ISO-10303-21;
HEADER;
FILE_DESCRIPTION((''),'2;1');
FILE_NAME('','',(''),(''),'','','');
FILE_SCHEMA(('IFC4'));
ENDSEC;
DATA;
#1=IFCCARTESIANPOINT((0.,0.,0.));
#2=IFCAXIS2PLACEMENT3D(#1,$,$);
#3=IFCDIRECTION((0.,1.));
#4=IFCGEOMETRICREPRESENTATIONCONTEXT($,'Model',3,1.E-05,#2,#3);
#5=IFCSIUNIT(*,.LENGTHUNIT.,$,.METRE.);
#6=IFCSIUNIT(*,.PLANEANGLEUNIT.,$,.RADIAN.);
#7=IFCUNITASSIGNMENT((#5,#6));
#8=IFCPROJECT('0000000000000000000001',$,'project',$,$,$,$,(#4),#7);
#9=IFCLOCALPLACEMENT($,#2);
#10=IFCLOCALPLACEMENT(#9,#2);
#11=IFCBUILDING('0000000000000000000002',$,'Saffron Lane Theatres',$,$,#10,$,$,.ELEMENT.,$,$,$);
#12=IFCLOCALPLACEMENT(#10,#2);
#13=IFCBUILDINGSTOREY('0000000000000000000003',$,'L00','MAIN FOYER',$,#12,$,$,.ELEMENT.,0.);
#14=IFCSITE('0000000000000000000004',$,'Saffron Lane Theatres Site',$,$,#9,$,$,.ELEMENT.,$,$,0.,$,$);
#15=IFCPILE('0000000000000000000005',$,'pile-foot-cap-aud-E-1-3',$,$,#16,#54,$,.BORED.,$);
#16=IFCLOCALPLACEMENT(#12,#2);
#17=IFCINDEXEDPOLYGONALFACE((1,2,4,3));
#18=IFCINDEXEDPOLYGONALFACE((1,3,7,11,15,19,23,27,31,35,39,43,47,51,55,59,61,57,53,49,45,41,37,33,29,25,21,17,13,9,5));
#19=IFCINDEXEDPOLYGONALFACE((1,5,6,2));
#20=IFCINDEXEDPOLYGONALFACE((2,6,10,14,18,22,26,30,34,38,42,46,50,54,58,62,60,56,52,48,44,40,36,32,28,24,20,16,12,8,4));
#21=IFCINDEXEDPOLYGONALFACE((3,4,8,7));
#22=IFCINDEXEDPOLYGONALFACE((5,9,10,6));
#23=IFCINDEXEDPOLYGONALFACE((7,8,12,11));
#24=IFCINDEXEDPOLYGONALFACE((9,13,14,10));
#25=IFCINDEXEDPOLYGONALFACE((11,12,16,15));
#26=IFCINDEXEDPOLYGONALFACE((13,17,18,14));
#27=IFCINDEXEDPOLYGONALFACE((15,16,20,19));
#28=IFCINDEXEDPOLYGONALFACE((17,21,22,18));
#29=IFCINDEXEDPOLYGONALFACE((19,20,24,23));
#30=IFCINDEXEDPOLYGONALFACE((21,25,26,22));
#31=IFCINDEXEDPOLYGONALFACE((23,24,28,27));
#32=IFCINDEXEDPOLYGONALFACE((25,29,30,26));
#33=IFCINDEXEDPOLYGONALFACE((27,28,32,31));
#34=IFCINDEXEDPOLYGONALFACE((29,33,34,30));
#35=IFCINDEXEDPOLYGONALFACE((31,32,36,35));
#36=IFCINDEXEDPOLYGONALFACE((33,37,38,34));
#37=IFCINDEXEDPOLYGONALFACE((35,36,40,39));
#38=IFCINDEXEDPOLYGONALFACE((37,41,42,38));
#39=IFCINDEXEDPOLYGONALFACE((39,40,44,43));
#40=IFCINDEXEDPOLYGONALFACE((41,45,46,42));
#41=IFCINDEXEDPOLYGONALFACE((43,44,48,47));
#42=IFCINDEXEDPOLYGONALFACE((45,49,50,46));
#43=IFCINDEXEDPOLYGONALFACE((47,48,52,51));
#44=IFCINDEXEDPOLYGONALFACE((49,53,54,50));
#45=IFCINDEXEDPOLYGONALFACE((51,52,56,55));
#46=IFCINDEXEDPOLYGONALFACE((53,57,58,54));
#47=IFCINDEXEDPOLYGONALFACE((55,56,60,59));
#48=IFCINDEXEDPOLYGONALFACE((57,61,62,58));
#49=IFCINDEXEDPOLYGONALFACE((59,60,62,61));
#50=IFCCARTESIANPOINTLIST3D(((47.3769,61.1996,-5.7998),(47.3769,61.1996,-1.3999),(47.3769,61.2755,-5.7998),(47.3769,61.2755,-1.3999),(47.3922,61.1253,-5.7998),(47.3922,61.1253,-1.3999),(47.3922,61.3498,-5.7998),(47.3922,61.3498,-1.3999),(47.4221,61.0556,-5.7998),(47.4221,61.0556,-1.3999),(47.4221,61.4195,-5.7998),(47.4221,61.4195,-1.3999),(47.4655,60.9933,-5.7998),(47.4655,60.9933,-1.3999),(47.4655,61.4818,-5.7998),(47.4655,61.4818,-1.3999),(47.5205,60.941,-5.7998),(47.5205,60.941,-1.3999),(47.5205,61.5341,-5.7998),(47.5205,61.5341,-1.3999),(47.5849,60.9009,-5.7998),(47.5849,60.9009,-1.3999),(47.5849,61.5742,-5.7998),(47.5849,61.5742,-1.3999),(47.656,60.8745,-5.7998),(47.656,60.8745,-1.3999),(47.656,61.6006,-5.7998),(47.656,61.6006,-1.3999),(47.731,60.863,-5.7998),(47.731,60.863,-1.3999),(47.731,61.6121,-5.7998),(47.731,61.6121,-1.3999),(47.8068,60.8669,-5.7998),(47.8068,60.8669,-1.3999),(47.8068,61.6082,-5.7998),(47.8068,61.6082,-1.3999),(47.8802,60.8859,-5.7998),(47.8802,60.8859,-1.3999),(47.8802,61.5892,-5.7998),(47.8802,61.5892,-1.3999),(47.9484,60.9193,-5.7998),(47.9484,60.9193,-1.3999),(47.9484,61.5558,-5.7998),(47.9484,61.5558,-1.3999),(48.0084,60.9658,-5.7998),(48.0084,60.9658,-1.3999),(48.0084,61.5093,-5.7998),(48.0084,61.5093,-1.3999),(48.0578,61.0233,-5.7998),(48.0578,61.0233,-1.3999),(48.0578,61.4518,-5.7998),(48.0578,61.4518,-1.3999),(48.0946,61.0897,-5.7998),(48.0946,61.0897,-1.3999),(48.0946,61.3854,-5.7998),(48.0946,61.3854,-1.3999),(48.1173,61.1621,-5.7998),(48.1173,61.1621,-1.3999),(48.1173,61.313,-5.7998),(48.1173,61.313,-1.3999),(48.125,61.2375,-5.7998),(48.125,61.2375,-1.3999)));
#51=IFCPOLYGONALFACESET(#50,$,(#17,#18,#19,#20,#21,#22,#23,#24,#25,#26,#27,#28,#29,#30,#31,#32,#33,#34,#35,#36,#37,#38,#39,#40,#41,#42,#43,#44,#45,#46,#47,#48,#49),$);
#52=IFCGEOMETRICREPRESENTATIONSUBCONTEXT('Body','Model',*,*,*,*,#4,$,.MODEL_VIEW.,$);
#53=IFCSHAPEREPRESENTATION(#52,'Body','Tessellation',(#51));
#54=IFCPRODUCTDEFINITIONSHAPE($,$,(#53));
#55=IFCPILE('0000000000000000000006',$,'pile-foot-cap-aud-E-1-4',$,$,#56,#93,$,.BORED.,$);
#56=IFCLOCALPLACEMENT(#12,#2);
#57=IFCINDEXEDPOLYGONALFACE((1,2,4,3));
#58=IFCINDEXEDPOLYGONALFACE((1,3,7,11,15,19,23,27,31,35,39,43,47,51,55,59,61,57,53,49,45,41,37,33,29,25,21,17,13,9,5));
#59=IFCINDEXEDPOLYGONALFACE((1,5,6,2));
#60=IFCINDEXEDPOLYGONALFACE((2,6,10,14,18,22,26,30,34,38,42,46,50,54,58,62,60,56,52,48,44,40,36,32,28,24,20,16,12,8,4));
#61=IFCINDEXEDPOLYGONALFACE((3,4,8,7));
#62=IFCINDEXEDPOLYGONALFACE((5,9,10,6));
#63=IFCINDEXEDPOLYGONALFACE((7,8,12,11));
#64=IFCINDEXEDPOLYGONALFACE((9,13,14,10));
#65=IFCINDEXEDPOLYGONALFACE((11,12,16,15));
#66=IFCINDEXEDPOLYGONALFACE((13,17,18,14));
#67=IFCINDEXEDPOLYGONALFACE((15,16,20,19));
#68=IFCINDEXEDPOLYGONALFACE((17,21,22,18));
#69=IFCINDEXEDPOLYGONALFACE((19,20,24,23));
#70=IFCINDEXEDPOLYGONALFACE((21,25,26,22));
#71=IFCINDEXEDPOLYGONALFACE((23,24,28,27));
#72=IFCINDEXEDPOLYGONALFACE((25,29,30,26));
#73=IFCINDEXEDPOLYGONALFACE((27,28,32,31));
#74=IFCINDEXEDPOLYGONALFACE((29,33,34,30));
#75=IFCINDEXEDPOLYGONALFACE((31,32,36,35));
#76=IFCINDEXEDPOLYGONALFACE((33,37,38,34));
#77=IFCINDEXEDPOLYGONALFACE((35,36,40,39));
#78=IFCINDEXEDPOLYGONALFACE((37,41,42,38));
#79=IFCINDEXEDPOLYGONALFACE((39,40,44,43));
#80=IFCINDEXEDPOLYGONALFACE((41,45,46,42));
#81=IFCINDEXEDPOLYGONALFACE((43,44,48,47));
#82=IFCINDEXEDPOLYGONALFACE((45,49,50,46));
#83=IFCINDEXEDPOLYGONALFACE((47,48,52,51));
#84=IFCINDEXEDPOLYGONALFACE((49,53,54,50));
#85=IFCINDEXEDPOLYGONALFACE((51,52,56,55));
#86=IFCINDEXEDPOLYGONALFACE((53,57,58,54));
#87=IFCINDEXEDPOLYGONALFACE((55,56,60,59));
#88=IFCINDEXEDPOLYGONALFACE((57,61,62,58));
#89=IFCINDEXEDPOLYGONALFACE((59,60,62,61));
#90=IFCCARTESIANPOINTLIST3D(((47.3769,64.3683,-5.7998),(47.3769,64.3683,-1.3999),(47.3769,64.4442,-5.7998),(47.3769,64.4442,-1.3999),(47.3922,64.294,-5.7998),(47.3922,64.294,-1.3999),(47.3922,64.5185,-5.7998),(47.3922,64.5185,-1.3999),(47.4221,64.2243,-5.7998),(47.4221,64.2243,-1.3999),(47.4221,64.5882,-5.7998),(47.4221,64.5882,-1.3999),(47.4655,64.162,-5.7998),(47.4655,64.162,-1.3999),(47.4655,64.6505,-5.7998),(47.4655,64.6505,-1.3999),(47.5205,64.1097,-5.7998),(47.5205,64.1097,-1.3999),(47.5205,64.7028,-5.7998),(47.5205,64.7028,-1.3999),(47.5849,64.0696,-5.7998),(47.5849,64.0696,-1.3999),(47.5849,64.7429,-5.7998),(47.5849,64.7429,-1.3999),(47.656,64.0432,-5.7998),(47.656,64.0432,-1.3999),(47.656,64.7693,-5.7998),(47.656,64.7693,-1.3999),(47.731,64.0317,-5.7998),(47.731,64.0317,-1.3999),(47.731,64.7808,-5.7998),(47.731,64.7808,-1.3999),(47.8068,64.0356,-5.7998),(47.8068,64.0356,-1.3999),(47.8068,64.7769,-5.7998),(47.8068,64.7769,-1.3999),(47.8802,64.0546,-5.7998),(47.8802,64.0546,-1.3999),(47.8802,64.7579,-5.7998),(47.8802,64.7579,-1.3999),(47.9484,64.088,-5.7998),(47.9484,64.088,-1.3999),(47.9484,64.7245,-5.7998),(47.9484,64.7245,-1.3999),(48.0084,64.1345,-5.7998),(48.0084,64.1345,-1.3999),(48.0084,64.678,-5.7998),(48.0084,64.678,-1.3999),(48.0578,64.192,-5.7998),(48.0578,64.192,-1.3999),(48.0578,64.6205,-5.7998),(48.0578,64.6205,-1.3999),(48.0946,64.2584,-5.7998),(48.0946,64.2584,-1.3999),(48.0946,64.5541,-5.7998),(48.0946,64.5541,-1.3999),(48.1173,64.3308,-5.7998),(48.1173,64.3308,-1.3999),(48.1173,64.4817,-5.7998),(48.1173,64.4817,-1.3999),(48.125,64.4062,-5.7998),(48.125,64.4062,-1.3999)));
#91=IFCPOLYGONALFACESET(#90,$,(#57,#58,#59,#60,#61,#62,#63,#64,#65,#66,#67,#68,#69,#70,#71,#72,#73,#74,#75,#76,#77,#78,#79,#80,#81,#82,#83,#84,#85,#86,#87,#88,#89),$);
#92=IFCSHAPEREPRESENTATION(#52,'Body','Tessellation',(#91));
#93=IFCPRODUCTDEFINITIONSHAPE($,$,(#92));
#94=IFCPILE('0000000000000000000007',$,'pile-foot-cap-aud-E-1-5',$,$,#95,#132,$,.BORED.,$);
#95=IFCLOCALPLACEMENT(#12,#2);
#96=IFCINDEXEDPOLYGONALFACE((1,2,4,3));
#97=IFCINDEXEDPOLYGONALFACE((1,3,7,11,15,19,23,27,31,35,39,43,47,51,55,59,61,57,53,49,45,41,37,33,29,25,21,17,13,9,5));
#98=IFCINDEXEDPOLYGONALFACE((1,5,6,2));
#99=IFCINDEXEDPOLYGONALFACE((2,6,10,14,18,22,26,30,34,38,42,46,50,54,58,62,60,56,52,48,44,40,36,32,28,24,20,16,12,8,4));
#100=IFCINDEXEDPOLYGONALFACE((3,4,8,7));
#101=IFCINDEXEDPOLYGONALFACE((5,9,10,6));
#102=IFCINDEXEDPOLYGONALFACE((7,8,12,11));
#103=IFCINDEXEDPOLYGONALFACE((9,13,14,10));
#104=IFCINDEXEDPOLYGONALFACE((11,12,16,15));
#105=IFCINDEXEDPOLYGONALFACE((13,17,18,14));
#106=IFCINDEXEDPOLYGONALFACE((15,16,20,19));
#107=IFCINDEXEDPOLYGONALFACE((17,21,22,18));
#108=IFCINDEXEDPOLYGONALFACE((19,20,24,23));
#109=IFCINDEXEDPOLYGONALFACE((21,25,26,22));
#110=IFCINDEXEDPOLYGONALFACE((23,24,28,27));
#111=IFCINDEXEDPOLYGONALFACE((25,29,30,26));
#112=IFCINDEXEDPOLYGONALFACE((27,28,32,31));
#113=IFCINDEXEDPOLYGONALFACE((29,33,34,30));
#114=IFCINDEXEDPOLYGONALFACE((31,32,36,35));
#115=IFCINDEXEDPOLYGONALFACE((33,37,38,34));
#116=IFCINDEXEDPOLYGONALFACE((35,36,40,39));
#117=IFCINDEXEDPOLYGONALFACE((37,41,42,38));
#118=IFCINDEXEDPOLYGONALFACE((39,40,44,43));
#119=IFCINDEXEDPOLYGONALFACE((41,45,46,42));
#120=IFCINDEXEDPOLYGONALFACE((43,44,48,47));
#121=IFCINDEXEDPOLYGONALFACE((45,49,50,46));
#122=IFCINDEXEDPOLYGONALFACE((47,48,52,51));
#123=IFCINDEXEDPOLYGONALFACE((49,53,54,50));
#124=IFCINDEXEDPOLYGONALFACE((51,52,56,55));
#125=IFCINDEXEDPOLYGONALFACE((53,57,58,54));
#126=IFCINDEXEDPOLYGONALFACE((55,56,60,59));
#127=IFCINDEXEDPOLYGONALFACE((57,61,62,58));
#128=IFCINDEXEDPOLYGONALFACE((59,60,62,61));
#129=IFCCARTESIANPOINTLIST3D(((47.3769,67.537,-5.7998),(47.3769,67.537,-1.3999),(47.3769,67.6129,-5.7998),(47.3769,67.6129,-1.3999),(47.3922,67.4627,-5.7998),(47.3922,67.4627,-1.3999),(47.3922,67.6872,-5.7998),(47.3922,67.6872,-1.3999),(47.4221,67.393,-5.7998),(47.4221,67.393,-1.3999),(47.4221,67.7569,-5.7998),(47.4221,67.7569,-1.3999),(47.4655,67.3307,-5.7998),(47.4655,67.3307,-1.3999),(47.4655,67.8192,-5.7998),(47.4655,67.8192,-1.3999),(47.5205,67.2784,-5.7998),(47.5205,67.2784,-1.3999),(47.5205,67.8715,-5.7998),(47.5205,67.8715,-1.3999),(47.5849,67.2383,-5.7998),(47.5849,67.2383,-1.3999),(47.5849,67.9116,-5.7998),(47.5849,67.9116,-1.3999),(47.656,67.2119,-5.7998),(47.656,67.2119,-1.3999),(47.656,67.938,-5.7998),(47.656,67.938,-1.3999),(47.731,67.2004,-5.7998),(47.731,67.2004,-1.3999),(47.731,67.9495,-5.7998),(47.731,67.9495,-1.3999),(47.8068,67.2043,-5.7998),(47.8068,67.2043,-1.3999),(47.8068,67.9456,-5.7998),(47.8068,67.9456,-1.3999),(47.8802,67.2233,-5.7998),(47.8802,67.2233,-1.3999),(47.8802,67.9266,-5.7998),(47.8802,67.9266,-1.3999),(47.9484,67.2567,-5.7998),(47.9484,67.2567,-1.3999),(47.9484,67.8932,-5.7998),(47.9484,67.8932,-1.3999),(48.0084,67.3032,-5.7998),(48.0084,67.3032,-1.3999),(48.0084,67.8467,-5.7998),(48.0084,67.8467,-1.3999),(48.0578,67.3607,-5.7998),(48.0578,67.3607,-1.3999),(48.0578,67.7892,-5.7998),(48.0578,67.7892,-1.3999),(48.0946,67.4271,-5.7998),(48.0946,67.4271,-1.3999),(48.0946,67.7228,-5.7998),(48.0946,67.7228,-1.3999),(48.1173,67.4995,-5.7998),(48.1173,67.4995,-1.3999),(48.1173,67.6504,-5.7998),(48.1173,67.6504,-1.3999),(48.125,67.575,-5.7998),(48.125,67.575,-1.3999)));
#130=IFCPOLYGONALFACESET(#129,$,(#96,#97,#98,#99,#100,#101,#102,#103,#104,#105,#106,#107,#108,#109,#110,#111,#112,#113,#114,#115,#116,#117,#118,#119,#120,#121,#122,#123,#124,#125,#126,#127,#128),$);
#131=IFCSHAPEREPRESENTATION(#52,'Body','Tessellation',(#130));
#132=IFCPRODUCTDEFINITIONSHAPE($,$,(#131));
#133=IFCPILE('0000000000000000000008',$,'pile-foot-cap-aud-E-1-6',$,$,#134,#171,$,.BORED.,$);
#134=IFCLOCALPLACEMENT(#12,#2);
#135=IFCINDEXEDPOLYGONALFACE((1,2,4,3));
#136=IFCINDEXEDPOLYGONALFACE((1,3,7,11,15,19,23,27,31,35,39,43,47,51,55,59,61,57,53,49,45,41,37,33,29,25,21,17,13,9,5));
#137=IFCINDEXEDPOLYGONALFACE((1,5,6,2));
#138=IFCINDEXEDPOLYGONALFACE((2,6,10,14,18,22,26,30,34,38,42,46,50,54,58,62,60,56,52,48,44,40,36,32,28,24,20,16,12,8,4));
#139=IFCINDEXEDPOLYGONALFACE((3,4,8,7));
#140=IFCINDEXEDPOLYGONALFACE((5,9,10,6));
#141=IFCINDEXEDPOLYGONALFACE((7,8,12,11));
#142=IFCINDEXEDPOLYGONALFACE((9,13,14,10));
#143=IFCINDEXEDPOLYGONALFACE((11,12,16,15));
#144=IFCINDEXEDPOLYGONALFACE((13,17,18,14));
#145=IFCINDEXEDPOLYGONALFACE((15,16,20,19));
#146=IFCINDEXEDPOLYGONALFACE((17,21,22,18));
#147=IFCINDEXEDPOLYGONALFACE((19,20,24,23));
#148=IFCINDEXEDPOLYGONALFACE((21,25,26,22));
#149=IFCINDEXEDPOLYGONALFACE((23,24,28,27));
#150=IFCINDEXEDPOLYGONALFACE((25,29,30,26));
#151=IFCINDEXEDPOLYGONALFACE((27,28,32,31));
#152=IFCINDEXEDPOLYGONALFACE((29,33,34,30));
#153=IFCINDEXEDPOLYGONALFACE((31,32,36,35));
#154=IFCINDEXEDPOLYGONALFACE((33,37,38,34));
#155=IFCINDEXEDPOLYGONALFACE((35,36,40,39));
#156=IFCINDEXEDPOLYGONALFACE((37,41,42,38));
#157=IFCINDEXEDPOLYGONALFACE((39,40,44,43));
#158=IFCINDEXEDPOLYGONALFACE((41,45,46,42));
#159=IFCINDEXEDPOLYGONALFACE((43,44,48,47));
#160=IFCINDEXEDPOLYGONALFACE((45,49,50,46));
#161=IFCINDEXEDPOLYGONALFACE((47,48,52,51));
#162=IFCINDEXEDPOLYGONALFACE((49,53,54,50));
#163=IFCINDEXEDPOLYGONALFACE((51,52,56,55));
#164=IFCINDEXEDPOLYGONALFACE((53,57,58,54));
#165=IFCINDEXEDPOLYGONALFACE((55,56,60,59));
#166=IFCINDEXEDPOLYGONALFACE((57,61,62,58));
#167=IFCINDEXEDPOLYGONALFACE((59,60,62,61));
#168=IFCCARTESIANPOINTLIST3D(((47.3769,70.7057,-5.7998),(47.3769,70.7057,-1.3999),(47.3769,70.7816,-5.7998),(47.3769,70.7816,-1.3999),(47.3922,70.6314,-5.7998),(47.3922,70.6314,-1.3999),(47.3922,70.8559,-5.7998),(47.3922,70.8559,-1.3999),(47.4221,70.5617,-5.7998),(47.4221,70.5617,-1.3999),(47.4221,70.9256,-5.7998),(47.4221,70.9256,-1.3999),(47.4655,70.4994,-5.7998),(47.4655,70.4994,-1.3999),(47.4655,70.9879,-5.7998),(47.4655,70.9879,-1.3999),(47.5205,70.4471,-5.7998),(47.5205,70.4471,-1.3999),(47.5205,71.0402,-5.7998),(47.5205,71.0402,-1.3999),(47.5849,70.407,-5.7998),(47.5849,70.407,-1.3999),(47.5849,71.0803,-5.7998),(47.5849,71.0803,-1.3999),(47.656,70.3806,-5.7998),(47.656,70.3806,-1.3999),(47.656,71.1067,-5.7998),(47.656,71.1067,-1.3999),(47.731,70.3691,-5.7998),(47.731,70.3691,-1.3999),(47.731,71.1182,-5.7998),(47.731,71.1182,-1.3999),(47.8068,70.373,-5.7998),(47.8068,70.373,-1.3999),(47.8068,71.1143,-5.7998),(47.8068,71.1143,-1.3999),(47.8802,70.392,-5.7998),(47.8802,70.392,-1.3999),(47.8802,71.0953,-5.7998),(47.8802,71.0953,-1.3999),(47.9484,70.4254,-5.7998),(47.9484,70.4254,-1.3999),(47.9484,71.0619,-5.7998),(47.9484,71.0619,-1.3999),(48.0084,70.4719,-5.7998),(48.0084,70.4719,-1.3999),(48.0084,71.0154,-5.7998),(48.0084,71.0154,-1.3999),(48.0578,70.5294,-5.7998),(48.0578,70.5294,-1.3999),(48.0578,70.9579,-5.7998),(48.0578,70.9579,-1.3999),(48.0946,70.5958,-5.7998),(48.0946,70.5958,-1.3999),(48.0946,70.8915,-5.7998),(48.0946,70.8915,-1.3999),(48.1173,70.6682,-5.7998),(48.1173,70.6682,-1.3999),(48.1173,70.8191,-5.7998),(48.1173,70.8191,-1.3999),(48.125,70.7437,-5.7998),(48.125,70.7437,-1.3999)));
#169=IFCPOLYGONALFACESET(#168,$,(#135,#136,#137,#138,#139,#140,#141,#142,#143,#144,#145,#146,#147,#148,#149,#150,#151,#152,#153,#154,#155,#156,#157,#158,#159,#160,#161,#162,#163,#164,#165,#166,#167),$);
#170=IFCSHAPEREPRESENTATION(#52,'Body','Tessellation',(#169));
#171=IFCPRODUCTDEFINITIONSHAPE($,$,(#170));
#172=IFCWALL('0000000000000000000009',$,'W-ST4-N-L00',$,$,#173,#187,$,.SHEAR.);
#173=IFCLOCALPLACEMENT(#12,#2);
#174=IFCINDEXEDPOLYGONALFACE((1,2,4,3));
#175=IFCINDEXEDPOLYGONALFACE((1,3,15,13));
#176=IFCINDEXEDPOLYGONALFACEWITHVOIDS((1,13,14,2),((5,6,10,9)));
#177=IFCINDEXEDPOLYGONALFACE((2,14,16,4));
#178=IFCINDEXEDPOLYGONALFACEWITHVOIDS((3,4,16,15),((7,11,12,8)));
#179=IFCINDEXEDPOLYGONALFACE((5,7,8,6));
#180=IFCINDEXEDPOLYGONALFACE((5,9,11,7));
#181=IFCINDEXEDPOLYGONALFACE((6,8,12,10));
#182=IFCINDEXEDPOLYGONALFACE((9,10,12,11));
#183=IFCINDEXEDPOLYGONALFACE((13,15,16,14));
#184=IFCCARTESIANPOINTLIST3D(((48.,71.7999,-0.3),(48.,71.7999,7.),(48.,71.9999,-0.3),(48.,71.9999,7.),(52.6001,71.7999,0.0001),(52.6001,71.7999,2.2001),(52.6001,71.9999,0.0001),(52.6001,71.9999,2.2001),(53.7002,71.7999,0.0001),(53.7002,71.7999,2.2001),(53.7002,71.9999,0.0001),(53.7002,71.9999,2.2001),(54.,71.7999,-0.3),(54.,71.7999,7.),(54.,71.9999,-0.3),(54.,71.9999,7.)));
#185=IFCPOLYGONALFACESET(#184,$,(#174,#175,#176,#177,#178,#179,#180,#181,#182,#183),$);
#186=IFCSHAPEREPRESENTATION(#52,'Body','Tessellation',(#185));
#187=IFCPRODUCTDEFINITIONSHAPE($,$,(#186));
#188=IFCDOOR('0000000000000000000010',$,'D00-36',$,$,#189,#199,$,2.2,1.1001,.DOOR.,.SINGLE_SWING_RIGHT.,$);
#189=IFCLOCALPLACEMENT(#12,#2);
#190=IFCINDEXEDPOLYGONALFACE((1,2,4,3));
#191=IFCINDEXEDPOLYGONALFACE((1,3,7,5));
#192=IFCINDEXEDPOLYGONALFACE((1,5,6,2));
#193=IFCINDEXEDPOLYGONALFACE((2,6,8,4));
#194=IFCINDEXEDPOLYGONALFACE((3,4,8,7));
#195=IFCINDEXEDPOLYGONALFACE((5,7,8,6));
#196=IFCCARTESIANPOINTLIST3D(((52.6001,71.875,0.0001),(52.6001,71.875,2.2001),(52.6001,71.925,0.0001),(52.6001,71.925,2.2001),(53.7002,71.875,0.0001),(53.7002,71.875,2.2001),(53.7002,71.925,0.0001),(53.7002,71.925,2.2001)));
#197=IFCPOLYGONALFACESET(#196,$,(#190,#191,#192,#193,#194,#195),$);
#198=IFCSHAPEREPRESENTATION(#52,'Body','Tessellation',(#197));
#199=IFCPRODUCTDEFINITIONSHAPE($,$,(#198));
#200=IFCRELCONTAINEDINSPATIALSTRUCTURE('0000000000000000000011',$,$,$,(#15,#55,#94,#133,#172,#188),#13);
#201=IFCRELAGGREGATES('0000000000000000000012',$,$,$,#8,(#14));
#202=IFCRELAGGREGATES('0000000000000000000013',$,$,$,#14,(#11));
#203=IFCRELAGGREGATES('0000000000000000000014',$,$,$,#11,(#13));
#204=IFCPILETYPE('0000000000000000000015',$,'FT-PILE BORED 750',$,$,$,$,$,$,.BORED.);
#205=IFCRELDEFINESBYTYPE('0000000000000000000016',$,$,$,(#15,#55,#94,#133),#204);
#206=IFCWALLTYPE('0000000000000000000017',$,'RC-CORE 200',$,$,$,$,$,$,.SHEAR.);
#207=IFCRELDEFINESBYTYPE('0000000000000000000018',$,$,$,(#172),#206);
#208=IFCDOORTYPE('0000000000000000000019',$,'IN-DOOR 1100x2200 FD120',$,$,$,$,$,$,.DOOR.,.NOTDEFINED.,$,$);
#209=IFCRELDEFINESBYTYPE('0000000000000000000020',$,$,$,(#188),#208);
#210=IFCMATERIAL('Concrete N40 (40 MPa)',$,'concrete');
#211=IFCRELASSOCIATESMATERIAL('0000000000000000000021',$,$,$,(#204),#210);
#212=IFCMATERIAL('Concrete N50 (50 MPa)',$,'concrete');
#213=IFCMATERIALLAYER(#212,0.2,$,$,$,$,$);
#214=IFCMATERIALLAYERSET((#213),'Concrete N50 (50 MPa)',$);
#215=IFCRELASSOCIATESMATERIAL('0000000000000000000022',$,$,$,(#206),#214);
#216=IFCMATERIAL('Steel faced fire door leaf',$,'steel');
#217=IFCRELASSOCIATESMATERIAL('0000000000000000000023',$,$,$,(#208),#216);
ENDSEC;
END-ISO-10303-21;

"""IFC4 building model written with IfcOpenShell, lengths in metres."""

from ifc_helpers import new_model, si_unit, direction, frame, frame_2d, origin, origin_2d, place, context, subcontext, project, spatial, rectangle, circle, extrude, material, layer, layer_set, material_profile, profile_set, type_object, element, fill, save


model = new_model("IFC4")

# Units and contexts
model_context = context("Model", 3, precision=1e-05, world=origin(), true_north=direction((0.0, 1.0)))
body_context = subcontext(model_context, "Body", "Model", "MODEL_VIEW")
ifc_project = project(units=[si_unit("LENGTHUNIT", "METRE"), si_unit("PLANEANGLEUNIT", "RADIAN")], contexts=[model_context])

# Site, building, storey
site_placement = place(None, origin())
site = spatial("IfcSite", under=ifc_project, at=site_placement, Name="Saffron Lane Theatres Site", CompositionType="ELEMENT", RefElevation=0.0)
building_placement = place(site_placement, origin())
building = spatial("IfcBuilding", under=site, at=building_placement, Name="Saffron Lane Theatres", CompositionType="ELEMENT")
storey_placement = place(building_placement, origin())
storey = spatial("IfcBuildingStorey", under=building, at=storey_placement, Name="L00", Description="MAIN FOYER", CompositionType="ELEMENT", Elevation=0.0)

# Piles
ifc_material_1 = material(Name="Concrete N40 (40 MPa)", Category="concrete")
ifc_material_profile = material_profile(ifc_material_1, circle(Radius=0.375, at=origin_2d()))
ifc_profile_set = profile_set([ifc_material_profile], Name="Concrete N40 (40 MPa)")
pile_type = type_object("IfcPileType", Name="FT-PILE BORED 750", PredefinedType="BORED", material=ifc_profile_set)
for number, where, z_axis, x_axis, name in (
    (1, (47.75, 61.2375, -1.3999), (0.0, 0.0, -1.0), (1.0, 0.0, 0.0), "pile-foot-cap-aud-E-1-3"),
    (2, (47.75, 64.4062, -1.3999), (0.0, 0.0, -1.0), (1.0, 0.0, 0.0), "pile-foot-cap-aud-E-1-4"),
    (3, (47.75, 67.575, -1.3999), (0.0, 0.0, -1.0), (1.0, 0.0, 0.0), "pile-foot-cap-aud-E-1-5"),
    (4, (47.75, 70.7437, -1.3999), (0.0, 0.0, -1.0), (1.0, 0.0, 0.0), "pile-foot-cap-aud-E-1-6"),
):
    element("IfcPile", number, at=place(storey_placement, frame(where, z_axis=z_axis, x_axis=x_axis)), inside=storey, type_object=pile_type, Name=name, PredefinedType="BORED", context=body_context, shape_type="SweptSolid", body=[
        extrude(circle(Radius=0.375, at=origin_2d()), origin(), (0.0, 0.0, 1.0), 4.3999),
    ])

# Wall, opening, door
ifc_material_2 = material(Name="Concrete N50 (50 MPa)", Category="concrete")
ifc_layer = layer(ifc_material_2, 0.2)
ifc_layer_set = layer_set([ifc_layer], Name="Concrete N50 (50 MPa)")
wall_type = type_object("IfcWallType", Name="RC-CORE 200", PredefinedType="SHEAR", material=ifc_layer_set)
wall_1_placement = place(storey_placement, frame((48.0, 71.8999, -0.3), z_axis=(0.0, 0.0, 1.0), x_axis=(1.0, 0.0, 0.0)))
wall_1 = element("IfcWall", 5, at=wall_1_placement, inside=storey, type_object=wall_type, Name="W-ST4-N-L00", PredefinedType="SHEAR", context=body_context, shape_type="SweptSolid", body=[
    extrude(rectangle(XDim=6.0, YDim=0.2, at=frame_2d((3.0, 0.0))), origin(), (0.0, 0.0, 1.0), 7.3),
])
opening_placement = place(wall_1_placement, frame((4.6001, 0.0, 0.3)))
opening = element("IfcOpeningElement", 6, at=opening_placement, cuts=wall_1, PredefinedType="OPENING", context=body_context, shape_type="SweptSolid", body=[
    extrude(rectangle(XDim=1.1001, YDim=2.2, at=frame_2d((0.55, 1.1001))), frame((0.0, 0.1099, 0.0), z_axis=(0.0, -1.0, 0.0), x_axis=(1.0, 0.0, 0.0)), (0.0, 0.0, 1.0), 0.22),
])
ifc_material_3 = material(Name="Steel faced fire door leaf", Category="steel")
door_type = type_object("IfcDoorType", Name="IN-DOOR 1100x2200 FD120", OperationType="NOTDEFINED", PredefinedType="DOOR", material=ifc_material_3)
door_placement = place(opening_placement, frame((1.1001, 0.0, 0.0), z_axis=(0.0, 0.0, 1.0), x_axis=(-1.0, 0.0, 0.0)))
door = element("IfcDoor", 7, at=door_placement, inside=storey, type_object=door_type, Name="D00-36", OperationType="SINGLE_SWING_RIGHT", OverallHeight=2.2, OverallWidth=1.1001, PredefinedType="DOOR", context=body_context, shape_type="SweptSolid", body=[
    extrude(rectangle(XDim=1.1001, YDim=2.2, at=frame_2d((0.55, 1.1001))), frame((0.0, 0.0249, 0.0), z_axis=(0.0, -1.0, 0.0), x_axis=(1.0, 0.0, 0.0)), (0.0, 0.0, 1.0), 0.05),
])
fill(opening, door)

save(model, "model.ifc")
